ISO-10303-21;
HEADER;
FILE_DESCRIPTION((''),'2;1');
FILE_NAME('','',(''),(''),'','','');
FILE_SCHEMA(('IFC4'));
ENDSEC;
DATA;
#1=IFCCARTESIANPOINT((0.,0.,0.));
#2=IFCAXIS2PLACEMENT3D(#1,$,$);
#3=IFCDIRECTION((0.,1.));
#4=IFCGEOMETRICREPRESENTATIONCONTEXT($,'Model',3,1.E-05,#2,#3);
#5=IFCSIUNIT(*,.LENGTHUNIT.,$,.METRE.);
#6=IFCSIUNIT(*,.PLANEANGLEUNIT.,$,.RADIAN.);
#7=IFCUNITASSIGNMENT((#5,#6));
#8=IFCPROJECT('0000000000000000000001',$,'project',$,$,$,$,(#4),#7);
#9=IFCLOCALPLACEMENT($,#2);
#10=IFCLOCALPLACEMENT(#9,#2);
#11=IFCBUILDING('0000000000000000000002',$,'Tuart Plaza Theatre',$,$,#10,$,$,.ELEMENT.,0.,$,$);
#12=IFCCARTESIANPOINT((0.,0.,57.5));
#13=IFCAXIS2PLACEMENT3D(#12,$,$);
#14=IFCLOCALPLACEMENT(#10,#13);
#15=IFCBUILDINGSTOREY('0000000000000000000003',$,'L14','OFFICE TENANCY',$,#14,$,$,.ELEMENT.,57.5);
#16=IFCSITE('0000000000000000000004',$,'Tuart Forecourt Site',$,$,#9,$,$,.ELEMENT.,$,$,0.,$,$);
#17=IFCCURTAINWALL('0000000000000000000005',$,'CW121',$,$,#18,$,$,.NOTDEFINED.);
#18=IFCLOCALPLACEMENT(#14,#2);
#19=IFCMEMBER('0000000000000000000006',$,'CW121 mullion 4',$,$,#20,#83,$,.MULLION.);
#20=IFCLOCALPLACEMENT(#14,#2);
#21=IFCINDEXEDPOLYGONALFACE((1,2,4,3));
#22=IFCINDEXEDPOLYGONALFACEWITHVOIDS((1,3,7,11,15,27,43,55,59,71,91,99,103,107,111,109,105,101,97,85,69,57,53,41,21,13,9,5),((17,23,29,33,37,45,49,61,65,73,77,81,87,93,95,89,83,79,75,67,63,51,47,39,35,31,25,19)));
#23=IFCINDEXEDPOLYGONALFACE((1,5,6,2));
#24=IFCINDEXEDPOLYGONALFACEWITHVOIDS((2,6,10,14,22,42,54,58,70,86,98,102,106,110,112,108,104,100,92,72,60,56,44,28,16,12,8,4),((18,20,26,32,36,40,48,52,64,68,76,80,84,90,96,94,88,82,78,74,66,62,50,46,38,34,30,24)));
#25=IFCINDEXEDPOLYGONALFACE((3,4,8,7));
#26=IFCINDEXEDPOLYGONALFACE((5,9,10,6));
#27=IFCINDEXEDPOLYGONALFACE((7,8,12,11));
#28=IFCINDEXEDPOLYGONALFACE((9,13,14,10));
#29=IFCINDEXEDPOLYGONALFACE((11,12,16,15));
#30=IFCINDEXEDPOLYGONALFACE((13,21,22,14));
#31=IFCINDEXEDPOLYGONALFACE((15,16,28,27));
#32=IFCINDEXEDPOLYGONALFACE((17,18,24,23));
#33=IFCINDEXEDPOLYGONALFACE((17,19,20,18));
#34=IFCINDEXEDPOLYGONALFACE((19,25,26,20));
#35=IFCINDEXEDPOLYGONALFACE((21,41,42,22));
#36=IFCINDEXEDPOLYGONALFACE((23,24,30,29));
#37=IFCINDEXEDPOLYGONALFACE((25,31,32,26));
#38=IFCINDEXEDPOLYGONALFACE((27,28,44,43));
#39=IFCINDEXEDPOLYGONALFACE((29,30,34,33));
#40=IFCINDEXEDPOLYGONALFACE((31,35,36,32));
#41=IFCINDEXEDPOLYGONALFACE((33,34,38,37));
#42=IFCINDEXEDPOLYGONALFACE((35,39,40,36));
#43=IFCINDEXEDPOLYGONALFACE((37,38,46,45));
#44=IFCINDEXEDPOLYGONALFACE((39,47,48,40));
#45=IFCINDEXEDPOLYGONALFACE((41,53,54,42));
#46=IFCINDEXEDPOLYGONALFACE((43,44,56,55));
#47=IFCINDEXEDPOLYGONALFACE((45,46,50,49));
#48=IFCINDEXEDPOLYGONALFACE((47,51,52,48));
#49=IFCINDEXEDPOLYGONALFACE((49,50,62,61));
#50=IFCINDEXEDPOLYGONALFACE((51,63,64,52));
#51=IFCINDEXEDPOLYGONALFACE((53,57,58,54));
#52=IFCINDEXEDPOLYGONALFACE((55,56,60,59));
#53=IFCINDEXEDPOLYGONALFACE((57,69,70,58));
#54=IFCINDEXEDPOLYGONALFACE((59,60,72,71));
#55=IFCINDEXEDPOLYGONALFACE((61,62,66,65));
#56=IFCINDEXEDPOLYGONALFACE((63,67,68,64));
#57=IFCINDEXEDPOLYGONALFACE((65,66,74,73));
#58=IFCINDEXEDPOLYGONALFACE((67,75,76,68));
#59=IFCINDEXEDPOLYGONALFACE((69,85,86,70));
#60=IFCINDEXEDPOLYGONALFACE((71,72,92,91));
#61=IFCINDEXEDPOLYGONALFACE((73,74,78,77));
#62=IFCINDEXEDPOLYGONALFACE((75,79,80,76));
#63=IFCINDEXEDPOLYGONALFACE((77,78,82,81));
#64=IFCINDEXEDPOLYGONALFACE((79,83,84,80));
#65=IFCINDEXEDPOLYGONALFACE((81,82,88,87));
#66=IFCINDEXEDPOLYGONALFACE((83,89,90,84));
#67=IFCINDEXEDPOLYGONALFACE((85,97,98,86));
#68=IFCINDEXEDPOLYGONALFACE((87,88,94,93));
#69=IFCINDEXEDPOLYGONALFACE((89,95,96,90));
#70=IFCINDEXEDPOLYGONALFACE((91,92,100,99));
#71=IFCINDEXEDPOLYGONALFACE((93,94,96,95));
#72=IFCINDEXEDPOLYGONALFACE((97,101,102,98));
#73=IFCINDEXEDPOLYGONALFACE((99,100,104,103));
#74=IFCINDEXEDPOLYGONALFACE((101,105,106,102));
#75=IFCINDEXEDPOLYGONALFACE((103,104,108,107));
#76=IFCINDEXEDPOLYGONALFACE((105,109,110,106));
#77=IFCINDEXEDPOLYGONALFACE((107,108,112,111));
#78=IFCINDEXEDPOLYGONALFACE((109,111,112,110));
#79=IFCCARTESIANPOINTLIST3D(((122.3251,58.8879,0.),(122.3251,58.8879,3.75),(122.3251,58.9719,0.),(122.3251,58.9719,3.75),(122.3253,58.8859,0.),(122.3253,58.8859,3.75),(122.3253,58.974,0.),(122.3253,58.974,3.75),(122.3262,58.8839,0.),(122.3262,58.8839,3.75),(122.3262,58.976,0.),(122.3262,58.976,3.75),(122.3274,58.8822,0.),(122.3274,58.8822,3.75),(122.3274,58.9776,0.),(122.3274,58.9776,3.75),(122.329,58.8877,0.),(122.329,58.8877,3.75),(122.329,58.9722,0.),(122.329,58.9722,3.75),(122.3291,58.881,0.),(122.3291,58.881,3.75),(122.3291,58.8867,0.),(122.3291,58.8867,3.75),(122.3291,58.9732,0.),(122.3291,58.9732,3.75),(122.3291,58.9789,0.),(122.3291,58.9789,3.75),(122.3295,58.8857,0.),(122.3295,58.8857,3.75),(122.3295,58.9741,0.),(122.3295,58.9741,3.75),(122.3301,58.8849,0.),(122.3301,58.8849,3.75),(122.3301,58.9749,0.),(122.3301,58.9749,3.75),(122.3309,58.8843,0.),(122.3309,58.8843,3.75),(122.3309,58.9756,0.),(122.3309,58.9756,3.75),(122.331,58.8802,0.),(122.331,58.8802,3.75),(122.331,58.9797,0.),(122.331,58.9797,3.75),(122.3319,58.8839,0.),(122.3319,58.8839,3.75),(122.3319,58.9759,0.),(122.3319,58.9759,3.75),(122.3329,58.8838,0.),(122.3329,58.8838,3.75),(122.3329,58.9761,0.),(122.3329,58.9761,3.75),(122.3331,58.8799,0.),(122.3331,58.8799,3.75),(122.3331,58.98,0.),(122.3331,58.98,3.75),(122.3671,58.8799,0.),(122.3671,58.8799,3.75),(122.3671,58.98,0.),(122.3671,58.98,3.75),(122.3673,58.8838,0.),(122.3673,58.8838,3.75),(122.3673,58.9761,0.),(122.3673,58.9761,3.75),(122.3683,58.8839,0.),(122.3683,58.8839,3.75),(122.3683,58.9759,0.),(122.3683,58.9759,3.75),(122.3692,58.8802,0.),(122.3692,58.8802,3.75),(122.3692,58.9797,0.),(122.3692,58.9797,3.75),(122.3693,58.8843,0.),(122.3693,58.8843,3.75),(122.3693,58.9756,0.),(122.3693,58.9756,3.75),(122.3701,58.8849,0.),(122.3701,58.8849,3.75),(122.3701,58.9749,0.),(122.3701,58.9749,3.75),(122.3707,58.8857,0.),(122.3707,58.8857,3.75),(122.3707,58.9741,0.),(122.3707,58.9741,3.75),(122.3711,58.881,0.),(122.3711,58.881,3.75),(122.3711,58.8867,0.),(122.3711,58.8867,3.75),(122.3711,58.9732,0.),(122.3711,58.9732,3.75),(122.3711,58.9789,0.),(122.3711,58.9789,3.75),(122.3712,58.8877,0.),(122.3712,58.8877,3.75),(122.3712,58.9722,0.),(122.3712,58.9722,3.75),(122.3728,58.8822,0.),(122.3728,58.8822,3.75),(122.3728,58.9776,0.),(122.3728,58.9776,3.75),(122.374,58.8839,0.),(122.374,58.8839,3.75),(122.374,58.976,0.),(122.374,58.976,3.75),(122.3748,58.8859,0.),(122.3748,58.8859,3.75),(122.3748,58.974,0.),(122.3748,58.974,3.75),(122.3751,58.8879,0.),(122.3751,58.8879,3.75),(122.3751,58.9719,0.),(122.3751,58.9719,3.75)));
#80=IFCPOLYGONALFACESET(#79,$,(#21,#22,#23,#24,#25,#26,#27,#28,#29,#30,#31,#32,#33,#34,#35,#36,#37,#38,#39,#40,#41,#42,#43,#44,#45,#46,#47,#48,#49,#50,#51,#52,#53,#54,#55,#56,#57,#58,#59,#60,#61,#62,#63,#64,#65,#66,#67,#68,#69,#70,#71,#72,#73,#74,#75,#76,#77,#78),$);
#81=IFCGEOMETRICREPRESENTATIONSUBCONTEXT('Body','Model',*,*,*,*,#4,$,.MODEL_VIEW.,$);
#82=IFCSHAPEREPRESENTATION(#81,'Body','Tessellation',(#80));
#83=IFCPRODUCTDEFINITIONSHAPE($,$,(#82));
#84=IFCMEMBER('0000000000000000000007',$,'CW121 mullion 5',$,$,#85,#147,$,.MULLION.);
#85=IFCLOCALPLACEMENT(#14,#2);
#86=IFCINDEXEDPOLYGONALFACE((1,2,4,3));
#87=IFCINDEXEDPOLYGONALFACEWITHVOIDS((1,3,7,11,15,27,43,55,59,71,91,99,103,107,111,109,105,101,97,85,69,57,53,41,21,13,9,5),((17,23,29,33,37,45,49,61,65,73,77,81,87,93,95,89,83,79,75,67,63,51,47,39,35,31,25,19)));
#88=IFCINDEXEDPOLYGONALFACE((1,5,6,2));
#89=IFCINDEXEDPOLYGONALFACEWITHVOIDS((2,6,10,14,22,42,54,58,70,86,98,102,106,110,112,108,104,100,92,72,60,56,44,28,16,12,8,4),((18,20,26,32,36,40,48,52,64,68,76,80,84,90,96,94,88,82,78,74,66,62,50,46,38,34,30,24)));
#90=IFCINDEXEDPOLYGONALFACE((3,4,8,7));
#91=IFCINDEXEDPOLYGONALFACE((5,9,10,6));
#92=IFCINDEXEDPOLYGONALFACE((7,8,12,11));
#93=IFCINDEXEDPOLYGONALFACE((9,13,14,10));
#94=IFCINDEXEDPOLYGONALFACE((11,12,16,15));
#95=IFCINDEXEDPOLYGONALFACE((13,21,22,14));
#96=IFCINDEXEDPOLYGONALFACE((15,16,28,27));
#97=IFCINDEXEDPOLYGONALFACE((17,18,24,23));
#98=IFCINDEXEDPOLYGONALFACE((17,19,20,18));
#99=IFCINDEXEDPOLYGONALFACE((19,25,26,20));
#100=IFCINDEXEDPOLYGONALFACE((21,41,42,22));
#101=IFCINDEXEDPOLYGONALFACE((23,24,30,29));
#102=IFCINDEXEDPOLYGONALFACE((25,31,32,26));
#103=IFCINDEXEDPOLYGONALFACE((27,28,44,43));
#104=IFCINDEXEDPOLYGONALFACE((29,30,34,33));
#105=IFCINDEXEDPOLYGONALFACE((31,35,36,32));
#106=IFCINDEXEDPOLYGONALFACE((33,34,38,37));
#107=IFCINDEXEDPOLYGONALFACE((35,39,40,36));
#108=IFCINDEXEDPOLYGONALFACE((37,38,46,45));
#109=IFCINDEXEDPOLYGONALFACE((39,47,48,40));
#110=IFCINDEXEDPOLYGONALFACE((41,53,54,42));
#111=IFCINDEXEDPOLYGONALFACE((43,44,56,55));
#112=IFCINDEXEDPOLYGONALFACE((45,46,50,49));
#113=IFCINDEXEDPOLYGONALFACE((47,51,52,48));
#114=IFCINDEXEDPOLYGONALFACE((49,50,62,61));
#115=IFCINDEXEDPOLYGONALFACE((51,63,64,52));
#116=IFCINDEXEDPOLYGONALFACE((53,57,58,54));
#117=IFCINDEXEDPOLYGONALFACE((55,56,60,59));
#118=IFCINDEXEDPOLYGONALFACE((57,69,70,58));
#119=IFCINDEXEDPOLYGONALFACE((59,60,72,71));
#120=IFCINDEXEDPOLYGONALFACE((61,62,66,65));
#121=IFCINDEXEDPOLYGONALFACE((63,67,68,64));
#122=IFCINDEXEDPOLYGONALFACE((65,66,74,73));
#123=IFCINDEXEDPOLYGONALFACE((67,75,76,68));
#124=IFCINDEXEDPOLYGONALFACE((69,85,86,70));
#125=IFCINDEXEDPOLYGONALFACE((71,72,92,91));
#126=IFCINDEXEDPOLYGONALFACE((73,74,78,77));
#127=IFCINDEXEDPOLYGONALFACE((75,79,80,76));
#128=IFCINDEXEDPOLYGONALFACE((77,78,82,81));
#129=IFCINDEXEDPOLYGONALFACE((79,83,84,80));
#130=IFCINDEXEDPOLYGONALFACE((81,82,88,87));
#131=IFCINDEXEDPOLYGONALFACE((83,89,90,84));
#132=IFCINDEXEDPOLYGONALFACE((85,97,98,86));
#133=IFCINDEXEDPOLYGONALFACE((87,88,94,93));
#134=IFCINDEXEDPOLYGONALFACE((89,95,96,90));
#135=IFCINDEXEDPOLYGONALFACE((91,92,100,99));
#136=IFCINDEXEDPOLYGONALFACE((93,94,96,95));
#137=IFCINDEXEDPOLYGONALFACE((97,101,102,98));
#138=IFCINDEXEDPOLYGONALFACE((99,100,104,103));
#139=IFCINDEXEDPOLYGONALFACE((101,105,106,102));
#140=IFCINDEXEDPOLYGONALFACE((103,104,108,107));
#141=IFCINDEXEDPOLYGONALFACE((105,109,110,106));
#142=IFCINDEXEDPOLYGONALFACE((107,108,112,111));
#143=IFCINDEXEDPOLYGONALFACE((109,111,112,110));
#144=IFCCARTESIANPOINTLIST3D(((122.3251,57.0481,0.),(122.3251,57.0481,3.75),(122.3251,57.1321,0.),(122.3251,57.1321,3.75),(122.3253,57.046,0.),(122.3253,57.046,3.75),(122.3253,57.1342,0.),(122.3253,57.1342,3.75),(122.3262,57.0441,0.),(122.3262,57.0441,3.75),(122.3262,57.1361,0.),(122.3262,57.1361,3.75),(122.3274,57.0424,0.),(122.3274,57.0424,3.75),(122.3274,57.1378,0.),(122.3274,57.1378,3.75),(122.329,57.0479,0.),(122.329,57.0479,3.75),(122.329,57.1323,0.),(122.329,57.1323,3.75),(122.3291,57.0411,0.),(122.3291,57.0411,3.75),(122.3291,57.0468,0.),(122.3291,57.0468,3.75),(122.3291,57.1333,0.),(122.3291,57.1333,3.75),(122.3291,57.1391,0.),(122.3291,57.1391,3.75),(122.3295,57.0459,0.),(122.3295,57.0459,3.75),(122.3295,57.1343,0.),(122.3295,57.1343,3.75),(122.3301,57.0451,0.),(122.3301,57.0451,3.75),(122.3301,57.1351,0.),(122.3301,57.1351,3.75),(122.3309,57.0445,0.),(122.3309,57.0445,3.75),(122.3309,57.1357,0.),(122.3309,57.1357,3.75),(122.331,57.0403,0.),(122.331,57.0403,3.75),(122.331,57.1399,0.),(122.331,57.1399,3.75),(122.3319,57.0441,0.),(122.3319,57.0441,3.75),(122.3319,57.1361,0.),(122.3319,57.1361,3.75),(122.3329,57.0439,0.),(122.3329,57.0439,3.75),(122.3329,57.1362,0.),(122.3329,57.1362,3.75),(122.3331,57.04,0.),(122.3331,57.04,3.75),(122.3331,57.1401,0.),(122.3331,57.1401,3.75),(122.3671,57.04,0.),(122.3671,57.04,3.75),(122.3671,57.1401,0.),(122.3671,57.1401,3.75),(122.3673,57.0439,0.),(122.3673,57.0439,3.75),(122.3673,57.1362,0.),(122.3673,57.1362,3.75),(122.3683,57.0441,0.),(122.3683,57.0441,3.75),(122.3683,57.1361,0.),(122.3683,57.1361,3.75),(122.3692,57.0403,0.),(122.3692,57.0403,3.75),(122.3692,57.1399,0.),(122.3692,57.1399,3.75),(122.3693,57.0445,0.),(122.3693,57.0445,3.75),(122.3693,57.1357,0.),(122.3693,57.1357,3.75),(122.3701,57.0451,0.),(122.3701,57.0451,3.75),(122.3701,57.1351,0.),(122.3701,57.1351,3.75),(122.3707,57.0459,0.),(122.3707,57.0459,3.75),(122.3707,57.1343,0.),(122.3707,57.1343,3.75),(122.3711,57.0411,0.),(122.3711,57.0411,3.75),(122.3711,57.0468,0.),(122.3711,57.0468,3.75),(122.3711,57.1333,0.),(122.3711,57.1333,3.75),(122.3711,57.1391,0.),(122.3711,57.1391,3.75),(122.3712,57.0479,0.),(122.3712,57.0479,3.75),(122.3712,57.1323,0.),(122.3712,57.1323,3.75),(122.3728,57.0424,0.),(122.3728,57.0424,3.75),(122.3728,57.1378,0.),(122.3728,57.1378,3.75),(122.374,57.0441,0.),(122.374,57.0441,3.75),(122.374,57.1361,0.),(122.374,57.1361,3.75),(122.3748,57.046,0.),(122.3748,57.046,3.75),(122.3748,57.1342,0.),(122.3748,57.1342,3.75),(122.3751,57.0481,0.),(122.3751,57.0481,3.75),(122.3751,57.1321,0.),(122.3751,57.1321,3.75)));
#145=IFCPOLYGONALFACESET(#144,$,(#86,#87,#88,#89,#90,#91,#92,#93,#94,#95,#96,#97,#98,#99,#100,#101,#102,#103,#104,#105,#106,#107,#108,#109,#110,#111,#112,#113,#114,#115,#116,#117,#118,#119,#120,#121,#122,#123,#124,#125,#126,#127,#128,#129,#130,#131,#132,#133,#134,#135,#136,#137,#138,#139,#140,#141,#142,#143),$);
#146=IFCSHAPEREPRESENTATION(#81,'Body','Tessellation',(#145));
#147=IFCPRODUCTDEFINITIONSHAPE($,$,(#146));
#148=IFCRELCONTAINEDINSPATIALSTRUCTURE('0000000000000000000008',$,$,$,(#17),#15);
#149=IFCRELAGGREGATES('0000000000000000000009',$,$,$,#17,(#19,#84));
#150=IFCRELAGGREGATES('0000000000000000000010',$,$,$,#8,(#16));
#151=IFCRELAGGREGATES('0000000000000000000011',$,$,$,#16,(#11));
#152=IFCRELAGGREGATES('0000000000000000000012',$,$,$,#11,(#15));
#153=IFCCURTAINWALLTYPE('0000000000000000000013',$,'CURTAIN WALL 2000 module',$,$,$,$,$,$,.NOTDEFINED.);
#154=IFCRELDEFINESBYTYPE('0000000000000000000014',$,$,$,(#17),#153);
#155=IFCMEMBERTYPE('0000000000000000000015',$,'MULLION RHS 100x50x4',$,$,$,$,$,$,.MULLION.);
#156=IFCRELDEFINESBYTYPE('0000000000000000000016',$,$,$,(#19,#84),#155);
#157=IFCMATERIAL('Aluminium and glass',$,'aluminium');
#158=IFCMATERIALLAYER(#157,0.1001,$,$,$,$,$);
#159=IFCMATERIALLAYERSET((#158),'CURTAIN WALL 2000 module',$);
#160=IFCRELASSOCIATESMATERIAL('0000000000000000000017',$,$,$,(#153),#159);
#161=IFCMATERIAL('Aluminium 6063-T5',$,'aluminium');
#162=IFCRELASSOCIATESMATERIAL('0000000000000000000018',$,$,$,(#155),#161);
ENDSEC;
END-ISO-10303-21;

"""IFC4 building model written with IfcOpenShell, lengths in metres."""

from ifc_helpers import new_model, si_unit, direction, frame, origin, origin_2d, place, context, subcontext, project, spatial, hollow_rectangle, extrude, material, layer, layer_set, material_profile, profile_set, type_object, element, aggregate, save


model = new_model("IFC4")

# Units and contexts
model_context = context("Model", 3, precision=1e-05, world=origin(), true_north=direction((0.0, 1.0)))
body_context = subcontext(model_context, "Body", "Model", "MODEL_VIEW")
ifc_project = project(units=[si_unit("LENGTHUNIT", "METRE"), si_unit("PLANEANGLEUNIT", "RADIAN")], contexts=[model_context])

# Site, building, storey
site_placement = place(None, origin())
site = spatial("IfcSite", under=ifc_project, at=site_placement, Name="Tuart Forecourt Site", CompositionType="ELEMENT", RefElevation=0.0)
building_placement = place(site_placement, origin())
building = spatial("IfcBuilding", under=site, at=building_placement, Name="Tuart Plaza Theatre", CompositionType="ELEMENT", ElevationOfRefHeight=0.0)
storey_placement = place(building_placement, frame((0.0, 0.0, 57.5)))
storey = spatial("IfcBuildingStorey", under=building, at=storey_placement, Name="L14", Description="OFFICE TENANCY", CompositionType="ELEMENT", Elevation=57.5)

# Curtain wall, members
ifc_material_1 = material(Name="Aluminium and glass", Category="aluminium")
ifc_layer_1 = layer(ifc_material_1, 0.1001)
ifc_layer_set_1 = layer_set([ifc_layer_1], Name="CURTAIN WALL 2000 module")
curtain_wall_type = type_object("IfcCurtainWallType", Name="CURTAIN WALL 2000 module", PredefinedType="NOTDEFINED", material=ifc_layer_set_1)
curtain_wall_placement = place(storey_placement, origin())
curtain_wall = element("IfcCurtainWall", 1, at=curtain_wall_placement, inside=storey, type_object=curtain_wall_type, Name="CW121", PredefinedType="NOTDEFINED")
ifc_material_2 = material(Name="Aluminium 6063-T5", Category="aluminium")
ifc_material_profile_1 = material_profile(ifc_material_2, hollow_rectangle(XDim=0.05, YDim=0.1001, WallThickness=0.0039, InnerFilletRadius=0.0039, OuterFilletRadius=0.0081, at=origin_2d()), Name="RHS 100x50x4")
ifc_profile_set_1 = profile_set([ifc_material_profile_1], Name="Aluminium 6063-T5")
member_type_1 = type_object("IfcMemberType", Name="MULLION RHS 100x50x4", PredefinedType="MULLION", material=ifc_profile_set_1)
member_1_placement = place(storey_placement, frame((122.3501, 58.9299, 0.0), z_axis=(0.0, 0.0, 1.0), x_axis=(1.0, 0.0, 0.0)))
member_1 = element("IfcMember", 2, at=member_1_placement, type_object=member_type_1, Name="CW121 mullion 4", PredefinedType="MULLION", context=body_context, shape_type="SweptSolid", body=[
    extrude(hollow_rectangle(XDim=0.05, YDim=0.1001, WallThickness=0.0039, InnerFilletRadius=0.0039, OuterFilletRadius=0.0081, at=origin_2d()), origin(), (0.0, 0.0, 1.0), 3.75),
])
member_2_placement = place(storey_placement, frame((122.3501, 57.0901, 0.0), z_axis=(0.0, 0.0, 1.0), x_axis=(1.0, 0.0, 0.0)))
member_2 = element("IfcMember", 3, at=member_2_placement, type_object=member_type_1, Name="CW121 mullion 5", PredefinedType="MULLION", context=body_context, shape_type="SweptSolid", body=[
    extrude(hollow_rectangle(XDim=0.05, YDim=0.1001, WallThickness=0.0039, InnerFilletRadius=0.0039, OuterFilletRadius=0.0081, at=origin_2d()), origin(), (0.0, 0.0, 1.0), 3.75),
])
aggregate(curtain_wall, [member_1, member_2])

save(model, "model.ifc")
